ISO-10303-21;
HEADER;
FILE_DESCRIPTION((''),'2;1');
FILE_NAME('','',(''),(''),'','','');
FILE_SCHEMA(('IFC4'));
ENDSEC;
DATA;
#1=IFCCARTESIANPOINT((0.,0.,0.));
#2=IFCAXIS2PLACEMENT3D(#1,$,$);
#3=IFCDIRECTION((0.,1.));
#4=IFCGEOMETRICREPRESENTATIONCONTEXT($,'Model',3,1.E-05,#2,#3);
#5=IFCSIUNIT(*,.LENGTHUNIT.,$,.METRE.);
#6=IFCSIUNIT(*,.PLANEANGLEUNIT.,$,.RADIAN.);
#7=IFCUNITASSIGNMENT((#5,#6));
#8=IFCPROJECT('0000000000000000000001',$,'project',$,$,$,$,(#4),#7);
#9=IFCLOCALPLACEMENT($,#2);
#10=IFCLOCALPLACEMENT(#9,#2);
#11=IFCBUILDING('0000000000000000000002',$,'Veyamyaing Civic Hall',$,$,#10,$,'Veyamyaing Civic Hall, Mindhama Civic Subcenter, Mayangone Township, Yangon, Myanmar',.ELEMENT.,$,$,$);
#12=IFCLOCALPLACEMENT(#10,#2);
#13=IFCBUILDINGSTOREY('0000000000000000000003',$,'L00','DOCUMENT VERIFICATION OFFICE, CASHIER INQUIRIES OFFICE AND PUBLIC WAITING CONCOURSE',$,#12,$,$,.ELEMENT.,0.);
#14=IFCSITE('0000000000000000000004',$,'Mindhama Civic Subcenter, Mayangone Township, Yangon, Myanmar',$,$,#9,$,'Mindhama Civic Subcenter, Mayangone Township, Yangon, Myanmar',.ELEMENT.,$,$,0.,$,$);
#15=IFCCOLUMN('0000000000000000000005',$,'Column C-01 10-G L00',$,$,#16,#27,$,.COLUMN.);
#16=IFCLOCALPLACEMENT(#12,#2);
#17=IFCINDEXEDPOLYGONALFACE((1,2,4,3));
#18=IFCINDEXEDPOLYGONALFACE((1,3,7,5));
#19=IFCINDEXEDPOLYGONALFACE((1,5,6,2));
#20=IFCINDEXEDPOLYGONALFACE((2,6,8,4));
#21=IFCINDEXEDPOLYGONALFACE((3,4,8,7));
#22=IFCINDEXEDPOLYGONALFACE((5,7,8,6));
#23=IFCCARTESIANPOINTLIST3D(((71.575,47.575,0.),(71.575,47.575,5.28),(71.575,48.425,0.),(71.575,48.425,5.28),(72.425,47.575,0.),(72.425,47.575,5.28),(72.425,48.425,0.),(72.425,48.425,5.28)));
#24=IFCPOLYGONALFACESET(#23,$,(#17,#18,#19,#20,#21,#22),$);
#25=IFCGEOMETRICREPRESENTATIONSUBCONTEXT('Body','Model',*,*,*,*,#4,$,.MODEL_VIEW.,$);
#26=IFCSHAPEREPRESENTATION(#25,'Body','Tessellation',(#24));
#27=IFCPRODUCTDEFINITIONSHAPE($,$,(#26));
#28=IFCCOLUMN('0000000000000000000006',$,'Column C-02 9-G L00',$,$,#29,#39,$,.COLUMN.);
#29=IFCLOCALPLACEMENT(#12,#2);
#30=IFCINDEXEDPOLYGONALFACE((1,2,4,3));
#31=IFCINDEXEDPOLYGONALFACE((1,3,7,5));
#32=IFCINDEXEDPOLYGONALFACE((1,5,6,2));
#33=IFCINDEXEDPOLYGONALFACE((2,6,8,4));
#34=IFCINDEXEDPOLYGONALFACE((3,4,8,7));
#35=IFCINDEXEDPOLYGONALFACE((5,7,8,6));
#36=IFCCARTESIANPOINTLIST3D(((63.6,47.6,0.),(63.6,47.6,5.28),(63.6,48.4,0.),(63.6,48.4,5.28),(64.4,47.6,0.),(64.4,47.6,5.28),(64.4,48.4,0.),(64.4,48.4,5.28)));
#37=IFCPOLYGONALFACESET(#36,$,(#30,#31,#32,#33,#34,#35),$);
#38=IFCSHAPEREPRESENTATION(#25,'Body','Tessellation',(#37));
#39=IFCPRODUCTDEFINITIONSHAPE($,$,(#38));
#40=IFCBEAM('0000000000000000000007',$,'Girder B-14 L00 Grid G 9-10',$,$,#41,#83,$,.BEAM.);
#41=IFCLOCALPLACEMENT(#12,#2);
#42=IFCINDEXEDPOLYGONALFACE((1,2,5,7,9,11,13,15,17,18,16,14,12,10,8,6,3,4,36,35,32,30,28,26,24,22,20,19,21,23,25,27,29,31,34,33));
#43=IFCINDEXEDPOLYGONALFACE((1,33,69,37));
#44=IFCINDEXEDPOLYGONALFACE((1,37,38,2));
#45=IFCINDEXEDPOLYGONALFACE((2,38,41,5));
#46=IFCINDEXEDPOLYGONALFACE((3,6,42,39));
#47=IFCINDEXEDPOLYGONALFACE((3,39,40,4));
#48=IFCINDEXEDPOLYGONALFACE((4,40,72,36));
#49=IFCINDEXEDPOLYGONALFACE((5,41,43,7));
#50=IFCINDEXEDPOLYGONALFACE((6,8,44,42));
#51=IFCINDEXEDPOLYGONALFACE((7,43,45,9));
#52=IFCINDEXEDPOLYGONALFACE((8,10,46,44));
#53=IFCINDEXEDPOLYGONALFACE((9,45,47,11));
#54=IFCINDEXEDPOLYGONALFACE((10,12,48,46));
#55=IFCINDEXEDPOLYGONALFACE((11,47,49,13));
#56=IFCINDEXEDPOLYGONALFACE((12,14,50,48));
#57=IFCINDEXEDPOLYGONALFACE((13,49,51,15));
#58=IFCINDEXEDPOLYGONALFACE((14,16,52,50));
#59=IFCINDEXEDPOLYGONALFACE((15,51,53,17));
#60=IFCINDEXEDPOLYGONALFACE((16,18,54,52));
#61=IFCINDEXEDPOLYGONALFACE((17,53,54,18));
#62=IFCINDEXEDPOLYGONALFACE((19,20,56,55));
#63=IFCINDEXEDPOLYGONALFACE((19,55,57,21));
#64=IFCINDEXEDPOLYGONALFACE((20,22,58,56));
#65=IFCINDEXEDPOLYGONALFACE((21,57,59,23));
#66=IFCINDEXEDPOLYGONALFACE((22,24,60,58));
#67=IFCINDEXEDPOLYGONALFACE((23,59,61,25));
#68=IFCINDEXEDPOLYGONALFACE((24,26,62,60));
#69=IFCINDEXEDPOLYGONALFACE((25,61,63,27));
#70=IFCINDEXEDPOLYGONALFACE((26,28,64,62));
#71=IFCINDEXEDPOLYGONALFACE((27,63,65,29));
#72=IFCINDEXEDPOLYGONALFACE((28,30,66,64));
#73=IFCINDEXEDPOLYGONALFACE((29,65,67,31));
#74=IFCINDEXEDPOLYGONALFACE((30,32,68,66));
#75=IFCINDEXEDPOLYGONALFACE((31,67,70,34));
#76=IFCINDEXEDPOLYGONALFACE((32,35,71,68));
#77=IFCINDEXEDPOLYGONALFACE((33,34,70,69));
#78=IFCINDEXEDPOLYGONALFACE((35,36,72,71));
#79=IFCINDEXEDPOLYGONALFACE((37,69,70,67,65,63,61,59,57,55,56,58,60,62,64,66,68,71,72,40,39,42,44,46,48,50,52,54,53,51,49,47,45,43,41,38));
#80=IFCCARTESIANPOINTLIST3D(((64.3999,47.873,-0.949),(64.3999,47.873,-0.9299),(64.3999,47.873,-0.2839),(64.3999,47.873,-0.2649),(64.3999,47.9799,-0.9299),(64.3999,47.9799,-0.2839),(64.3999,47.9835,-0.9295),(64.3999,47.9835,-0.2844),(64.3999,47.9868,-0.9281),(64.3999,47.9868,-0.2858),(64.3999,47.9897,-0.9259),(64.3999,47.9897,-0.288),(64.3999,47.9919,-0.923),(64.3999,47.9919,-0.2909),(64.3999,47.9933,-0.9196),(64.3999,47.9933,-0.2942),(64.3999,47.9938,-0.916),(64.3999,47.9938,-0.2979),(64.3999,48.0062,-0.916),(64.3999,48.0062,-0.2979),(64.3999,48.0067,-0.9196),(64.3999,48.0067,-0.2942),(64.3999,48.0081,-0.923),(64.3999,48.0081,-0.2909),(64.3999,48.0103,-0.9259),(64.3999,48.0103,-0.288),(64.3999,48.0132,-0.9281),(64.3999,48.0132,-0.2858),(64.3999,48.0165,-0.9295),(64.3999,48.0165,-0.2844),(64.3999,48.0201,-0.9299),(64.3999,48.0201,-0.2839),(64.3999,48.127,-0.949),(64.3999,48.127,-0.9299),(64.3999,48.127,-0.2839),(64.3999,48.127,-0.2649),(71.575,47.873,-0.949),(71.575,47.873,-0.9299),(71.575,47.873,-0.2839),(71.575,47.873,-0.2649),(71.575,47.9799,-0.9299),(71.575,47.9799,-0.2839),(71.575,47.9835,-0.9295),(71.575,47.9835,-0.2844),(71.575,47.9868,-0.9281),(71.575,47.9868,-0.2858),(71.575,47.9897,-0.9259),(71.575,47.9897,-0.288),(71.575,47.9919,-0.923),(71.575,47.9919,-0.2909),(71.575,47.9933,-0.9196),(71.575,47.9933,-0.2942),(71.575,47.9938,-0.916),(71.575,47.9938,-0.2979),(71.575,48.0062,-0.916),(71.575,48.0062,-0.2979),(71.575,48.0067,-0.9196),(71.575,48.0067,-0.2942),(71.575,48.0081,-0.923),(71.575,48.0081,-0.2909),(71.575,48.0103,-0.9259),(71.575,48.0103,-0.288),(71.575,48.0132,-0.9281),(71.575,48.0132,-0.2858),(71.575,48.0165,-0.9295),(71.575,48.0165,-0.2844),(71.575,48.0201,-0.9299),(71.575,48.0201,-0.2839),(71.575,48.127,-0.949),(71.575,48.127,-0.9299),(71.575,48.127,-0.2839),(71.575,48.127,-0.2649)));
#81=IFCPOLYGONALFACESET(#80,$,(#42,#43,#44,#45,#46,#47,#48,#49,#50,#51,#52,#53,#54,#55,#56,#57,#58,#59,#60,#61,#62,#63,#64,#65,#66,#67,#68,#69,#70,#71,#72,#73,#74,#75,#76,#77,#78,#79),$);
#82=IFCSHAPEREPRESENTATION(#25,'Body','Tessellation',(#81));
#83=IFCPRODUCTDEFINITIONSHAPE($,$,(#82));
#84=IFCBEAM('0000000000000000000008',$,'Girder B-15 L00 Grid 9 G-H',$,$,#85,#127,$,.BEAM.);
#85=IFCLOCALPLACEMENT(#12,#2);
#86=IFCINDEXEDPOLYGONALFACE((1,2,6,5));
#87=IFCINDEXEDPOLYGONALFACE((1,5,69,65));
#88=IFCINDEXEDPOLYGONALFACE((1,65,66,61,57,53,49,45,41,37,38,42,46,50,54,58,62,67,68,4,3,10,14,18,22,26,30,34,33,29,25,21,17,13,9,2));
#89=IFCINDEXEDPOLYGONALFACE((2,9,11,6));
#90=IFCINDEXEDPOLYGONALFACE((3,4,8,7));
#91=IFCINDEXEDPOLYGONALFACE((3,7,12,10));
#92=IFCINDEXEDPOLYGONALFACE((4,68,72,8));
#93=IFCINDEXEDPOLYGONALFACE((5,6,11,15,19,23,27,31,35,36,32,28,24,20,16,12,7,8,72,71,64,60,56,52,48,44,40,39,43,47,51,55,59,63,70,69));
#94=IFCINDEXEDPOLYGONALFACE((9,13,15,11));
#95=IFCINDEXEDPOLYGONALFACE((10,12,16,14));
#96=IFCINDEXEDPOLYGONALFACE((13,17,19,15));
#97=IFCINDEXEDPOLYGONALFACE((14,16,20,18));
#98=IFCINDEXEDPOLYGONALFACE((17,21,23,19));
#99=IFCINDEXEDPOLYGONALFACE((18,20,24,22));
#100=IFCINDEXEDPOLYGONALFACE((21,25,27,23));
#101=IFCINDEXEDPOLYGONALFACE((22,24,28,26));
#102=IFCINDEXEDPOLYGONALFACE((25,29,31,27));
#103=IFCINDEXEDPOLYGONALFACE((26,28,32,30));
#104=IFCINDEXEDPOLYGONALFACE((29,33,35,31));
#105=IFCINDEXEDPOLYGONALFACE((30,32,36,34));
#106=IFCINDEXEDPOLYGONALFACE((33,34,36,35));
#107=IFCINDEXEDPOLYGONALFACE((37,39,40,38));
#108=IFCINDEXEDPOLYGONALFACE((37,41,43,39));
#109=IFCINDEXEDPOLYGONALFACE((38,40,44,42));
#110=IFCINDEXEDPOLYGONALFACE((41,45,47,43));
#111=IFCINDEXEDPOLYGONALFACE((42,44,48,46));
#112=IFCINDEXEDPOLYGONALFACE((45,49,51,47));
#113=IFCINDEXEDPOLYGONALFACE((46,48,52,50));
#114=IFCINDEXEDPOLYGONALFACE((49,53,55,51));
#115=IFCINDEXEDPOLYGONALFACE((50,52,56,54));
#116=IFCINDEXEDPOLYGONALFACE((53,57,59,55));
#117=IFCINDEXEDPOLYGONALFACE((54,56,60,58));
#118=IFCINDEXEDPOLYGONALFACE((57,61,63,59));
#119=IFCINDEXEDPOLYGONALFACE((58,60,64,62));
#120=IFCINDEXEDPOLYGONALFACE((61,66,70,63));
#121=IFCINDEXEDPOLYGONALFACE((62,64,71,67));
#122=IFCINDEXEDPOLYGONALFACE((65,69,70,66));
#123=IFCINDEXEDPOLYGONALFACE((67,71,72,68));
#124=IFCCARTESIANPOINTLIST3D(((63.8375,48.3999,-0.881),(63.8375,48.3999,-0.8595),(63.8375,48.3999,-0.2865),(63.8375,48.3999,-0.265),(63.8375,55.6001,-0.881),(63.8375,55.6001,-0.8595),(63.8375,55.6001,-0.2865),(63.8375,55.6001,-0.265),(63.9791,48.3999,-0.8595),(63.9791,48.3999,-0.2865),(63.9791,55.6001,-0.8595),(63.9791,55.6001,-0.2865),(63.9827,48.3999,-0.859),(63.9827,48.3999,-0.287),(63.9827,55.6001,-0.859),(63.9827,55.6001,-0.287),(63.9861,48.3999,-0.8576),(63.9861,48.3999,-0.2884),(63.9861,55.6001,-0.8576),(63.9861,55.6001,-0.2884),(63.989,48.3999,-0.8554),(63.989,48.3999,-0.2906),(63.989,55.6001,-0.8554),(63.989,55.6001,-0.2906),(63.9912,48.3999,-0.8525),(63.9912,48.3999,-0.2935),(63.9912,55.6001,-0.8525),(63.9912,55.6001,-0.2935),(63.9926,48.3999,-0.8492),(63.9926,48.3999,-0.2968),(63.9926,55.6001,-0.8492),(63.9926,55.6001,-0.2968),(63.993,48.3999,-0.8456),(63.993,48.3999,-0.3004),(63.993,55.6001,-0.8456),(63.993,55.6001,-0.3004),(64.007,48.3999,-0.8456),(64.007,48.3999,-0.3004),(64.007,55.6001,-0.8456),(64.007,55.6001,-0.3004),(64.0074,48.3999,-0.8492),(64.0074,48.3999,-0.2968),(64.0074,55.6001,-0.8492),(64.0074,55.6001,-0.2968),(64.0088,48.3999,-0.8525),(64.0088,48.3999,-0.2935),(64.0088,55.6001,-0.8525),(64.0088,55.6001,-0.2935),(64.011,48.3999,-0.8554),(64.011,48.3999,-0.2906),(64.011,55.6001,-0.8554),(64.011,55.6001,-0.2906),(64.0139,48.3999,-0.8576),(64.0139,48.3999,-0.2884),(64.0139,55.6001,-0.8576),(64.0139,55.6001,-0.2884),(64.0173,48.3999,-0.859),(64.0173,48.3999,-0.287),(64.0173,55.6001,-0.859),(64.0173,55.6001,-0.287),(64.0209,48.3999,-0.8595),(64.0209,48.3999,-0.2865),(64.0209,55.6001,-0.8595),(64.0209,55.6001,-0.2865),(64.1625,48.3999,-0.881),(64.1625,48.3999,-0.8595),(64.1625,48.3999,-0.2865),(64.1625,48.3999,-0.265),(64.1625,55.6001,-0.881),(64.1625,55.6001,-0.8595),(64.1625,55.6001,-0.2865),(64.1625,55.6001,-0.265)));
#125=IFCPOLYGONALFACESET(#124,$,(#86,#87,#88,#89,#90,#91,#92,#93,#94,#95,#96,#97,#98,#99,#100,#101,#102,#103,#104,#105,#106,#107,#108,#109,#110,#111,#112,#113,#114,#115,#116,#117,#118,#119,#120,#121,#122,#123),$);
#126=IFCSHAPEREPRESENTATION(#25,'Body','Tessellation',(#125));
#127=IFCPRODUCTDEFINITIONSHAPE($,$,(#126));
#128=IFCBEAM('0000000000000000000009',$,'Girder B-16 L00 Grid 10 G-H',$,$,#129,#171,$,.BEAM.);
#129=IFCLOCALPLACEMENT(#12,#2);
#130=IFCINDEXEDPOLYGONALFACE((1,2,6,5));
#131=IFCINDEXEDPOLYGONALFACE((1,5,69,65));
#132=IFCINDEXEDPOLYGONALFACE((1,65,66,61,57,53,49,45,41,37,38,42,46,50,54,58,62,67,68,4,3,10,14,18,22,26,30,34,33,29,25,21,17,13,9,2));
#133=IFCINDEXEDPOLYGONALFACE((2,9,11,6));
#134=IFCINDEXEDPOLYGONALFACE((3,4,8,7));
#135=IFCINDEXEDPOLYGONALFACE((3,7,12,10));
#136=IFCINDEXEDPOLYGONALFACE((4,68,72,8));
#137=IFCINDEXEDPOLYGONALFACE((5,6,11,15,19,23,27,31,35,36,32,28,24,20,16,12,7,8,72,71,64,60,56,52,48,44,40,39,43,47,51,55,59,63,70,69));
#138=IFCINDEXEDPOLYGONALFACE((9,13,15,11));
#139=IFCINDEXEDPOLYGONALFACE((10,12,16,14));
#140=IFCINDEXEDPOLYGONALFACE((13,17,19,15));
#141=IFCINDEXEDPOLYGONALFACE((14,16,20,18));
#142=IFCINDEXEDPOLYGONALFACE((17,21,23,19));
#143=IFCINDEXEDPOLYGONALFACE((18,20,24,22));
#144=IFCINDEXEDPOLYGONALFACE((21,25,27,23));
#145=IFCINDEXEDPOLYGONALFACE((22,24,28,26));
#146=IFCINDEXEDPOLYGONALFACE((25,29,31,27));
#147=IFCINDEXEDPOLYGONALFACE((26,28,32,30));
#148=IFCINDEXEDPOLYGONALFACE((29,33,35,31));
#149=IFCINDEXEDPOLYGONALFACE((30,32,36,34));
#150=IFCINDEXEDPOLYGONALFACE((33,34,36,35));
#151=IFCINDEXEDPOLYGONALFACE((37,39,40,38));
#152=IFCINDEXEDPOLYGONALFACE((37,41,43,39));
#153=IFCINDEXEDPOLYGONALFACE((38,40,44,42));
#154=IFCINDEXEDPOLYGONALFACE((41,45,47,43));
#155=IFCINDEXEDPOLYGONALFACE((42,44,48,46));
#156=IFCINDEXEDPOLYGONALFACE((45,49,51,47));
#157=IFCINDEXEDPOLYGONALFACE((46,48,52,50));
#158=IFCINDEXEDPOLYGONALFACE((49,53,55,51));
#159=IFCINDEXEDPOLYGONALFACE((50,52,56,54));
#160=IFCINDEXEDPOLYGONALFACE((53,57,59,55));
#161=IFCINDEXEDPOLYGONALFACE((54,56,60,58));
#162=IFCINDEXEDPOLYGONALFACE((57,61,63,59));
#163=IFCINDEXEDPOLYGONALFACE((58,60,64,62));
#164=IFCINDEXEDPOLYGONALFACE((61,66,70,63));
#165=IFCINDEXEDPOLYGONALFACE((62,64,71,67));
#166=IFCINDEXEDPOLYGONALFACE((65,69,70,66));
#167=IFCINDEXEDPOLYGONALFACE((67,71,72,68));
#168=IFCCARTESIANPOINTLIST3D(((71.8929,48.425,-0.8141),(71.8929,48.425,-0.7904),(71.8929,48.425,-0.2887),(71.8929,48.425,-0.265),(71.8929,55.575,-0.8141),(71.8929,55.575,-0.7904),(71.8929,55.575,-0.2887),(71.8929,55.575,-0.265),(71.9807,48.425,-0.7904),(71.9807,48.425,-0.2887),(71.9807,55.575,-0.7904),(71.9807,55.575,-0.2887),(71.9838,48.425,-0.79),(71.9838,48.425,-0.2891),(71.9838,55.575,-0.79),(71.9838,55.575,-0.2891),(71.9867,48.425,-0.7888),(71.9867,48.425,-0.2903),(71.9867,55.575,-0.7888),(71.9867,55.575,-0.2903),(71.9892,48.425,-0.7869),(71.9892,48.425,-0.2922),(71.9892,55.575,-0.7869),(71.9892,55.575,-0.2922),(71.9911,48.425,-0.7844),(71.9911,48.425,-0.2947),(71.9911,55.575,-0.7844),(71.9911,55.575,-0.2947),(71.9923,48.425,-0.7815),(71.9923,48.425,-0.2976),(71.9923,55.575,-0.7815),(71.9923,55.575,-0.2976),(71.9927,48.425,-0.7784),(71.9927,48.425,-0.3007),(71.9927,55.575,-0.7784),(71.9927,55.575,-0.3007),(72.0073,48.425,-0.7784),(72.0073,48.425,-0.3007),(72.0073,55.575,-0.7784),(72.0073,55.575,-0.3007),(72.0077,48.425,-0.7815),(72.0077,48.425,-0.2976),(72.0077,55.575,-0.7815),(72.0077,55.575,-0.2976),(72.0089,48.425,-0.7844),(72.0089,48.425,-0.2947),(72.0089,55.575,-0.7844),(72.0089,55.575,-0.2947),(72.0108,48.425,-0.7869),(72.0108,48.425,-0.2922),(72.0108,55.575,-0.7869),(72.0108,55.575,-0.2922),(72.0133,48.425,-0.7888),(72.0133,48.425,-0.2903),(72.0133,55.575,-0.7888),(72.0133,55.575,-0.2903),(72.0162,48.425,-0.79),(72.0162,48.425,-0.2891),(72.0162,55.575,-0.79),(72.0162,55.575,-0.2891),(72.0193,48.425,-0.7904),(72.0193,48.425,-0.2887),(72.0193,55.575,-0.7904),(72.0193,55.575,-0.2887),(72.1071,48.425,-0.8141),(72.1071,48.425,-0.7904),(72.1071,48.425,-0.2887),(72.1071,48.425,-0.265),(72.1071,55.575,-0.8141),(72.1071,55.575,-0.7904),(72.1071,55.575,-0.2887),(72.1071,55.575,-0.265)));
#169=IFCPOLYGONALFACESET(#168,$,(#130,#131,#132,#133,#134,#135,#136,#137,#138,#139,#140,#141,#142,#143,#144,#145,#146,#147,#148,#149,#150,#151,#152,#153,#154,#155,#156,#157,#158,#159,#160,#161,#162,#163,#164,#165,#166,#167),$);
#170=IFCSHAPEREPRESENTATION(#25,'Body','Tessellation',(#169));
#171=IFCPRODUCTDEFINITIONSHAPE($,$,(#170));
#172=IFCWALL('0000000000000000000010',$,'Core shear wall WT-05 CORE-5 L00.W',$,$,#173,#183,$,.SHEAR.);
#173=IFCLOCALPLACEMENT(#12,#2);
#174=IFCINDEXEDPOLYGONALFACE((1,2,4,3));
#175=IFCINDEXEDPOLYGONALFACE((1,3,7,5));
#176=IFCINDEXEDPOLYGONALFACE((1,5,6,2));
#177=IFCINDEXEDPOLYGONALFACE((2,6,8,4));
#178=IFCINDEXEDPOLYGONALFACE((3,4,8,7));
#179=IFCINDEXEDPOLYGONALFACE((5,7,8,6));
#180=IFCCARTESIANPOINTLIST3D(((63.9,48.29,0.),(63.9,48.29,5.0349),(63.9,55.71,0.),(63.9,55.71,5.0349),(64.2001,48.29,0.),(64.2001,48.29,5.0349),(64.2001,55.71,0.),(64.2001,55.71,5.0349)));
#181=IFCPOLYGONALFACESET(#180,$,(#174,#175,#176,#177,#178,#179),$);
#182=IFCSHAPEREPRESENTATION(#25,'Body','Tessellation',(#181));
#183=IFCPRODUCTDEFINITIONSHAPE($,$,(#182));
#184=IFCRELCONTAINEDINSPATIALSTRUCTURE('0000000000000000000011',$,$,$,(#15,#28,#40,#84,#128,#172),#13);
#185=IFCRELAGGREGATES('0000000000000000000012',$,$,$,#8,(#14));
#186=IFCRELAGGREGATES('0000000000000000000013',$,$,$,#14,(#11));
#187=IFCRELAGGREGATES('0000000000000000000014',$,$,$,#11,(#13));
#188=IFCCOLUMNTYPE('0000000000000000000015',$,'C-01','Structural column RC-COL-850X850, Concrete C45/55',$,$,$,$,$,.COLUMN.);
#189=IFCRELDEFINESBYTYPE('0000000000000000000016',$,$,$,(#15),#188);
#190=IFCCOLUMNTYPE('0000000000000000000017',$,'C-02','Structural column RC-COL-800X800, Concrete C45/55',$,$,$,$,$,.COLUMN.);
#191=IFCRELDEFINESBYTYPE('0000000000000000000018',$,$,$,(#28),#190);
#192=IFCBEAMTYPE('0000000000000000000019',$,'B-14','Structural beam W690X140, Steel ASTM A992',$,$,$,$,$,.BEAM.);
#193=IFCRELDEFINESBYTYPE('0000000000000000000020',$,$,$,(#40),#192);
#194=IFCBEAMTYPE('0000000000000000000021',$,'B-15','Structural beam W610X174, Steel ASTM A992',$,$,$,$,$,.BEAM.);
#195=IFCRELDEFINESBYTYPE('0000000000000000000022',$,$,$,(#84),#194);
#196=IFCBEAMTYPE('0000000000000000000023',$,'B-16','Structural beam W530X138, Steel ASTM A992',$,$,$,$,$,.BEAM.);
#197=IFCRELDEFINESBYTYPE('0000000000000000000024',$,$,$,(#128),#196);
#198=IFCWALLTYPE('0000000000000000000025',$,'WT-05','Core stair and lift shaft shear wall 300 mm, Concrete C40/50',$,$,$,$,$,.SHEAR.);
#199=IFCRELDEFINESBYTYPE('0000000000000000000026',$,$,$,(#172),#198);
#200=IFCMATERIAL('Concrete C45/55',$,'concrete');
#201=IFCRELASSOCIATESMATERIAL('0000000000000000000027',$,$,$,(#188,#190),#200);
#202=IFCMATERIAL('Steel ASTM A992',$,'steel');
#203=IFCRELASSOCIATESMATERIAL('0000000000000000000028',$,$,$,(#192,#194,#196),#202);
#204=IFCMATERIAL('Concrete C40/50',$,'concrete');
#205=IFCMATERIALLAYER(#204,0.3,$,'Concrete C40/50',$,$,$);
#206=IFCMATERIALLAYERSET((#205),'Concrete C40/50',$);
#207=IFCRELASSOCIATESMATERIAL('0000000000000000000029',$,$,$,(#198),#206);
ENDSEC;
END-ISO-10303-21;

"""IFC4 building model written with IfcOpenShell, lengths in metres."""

from ifc_helpers import new_model, si_unit, direction, frame, frame_2d, origin, origin_2d, place, context, subcontext, project, spatial, rectangle, i_section, extrude, material, layer, layer_set, material_profile, profile_set, type_object, element, save


model = new_model("IFC4")

# Units and contexts
model_context = context("Model", 3, precision=1e-05, world=origin(), true_north=direction((0.0, 1.0)))
body_context = subcontext(model_context, "Body", "Model", "MODEL_VIEW")
ifc_project = project(units=[si_unit("LENGTHUNIT", "METRE"), si_unit("PLANEANGLEUNIT", "RADIAN")], contexts=[model_context])

# Site, building, storey
site_placement = place(None, origin())
site = spatial("IfcSite", under=ifc_project, at=site_placement, Name="Mindhama Civic Subcenter, Mayangone Township, Yangon, Myanmar", LongName="Mindhama Civic Subcenter, Mayangone Township, Yangon, Myanmar", CompositionType="ELEMENT", RefElevation=0.0)
building_placement = place(site_placement, origin())
building = spatial("IfcBuilding", under=site, at=building_placement, Name="Veyamyaing Civic Hall", LongName="Veyamyaing Civic Hall, Mindhama Civic Subcenter, Mayangone Township, Yangon, Myanmar", CompositionType="ELEMENT")
storey_placement = place(building_placement, origin())
storey = spatial("IfcBuildingStorey", under=building, at=storey_placement, Name="L00", Description="DOCUMENT VERIFICATION OFFICE, CASHIER INQUIRIES OFFICE AND PUBLIC WAITING CONCOURSE", CompositionType="ELEMENT", Elevation=0.0)

# Columns
ifc_material_1 = material(Name="Concrete C45/55", Category="concrete")
ifc_material_profile_1 = material_profile(ifc_material_1, rectangle(XDim=0.8501, YDim=0.8501, at=origin_2d()), Name="RC-COL-850X850")
ifc_profile_set_1 = profile_set([ifc_material_profile_1], Name="Concrete C45/55")
column_type_1 = type_object("IfcColumnType", Name="C-01", Description="Structural column RC-COL-850X850, Concrete C45/55", PredefinedType="COLUMN", material=ifc_profile_set_1)
column_1_placement = place(storey_placement, frame((72.0, 48.0, 0.0), z_axis=(0.0, 0.0, 1.0), x_axis=(1.0, 0.0, 0.0)))
element("IfcColumn", 1, at=column_1_placement, inside=storey, type_object=column_type_1, Name="Column C-01 10-G L00", PredefinedType="COLUMN", context=body_context, shape_type="SweptSolid", body=[
    extrude(rectangle(XDim=0.8501, YDim=0.8501, at=origin_2d()), origin(), (0.0, 0.0, 1.0), 5.28),
])
ifc_material_profile_2 = material_profile(ifc_material_1, rectangle(XDim=0.8, YDim=0.8, at=origin_2d()), Name="RC-COL-800X800")
ifc_profile_set_2 = profile_set([ifc_material_profile_2], Name="Concrete C45/55")
column_type_2 = type_object("IfcColumnType", Name="C-02", Description="Structural column RC-COL-800X800, Concrete C45/55", PredefinedType="COLUMN", material=ifc_profile_set_2)
column_2_placement = place(storey_placement, frame((64.0, 48.0, 0.0), z_axis=(0.0, 0.0, 1.0), x_axis=(1.0, 0.0, 0.0)))
element("IfcColumn", 2, at=column_2_placement, inside=storey, type_object=column_type_2, Name="Column C-02 9-G L00", PredefinedType="COLUMN", context=body_context, shape_type="SweptSolid", body=[
    extrude(rectangle(XDim=0.8, YDim=0.8, at=origin_2d()), origin(), (0.0, 0.0, 1.0), 5.28),
])

# Beams
ifc_material_2 = material(Name="Steel ASTM A992", Category="steel")
ifc_material_profile_3 = material_profile(ifc_material_2, i_section(OverallWidth=0.2539, OverallDepth=0.6841, WebThickness=0.0125, FlangeThickness=0.019, FilletRadius=0.0139, at=origin_2d()), Name="W690X140")
ifc_profile_set_3 = profile_set([ifc_material_profile_3], Name="Steel ASTM A992")
beam_type_1 = type_object("IfcBeamType", Name="B-14", Description="Structural beam W690X140, Steel ASTM A992", PredefinedType="BEAM", material=ifc_profile_set_3)
beam_1_placement = place(storey_placement, frame((64.3999, 48.0, -0.6069), z_axis=(1.0, 0.0, 0.0), x_axis=(0.0, 1.0, 0.0)))
element("IfcBeam", 3, at=beam_1_placement, inside=storey, type_object=beam_type_1, Name="Girder B-14 L00 Grid G 9-10", PredefinedType="BEAM", context=body_context, shape_type="SweptSolid", body=[
    extrude(i_section(OverallWidth=0.2539, OverallDepth=0.6841, WebThickness=0.0125, FlangeThickness=0.019, FilletRadius=0.0139, at=origin_2d()), origin(), (0.0, 0.0, 1.0), 7.175),
])
ifc_material_profile_4 = material_profile(ifc_material_2, i_section(OverallWidth=0.325, OverallDepth=0.616, WebThickness=0.0139, FlangeThickness=0.0215, FilletRadius=0.0139, at=origin_2d()), Name="W610X174")
ifc_profile_set_4 = profile_set([ifc_material_profile_4], Name="Steel ASTM A992")
beam_type_2 = type_object("IfcBeamType", Name="B-15", Description="Structural beam W610X174, Steel ASTM A992", PredefinedType="BEAM", material=ifc_profile_set_4)
beam_2_placement = place(storey_placement, frame((64.0, 48.3999, -0.573), z_axis=(0.0, 1.0, 0.0), x_axis=(-1.0, 0.0, 0.0)))
element("IfcBeam", 4, at=beam_2_placement, inside=storey, type_object=beam_type_2, Name="Girder B-15 L00 Grid 9 G-H", PredefinedType="BEAM", context=body_context, shape_type="SweptSolid", body=[
    extrude(i_section(OverallWidth=0.325, OverallDepth=0.616, WebThickness=0.0139, FlangeThickness=0.0215, FilletRadius=0.0139, at=origin_2d()), origin(), (0.0, 0.0, 1.0), 7.2002),
])
ifc_material_profile_5 = material_profile(ifc_material_2, i_section(OverallWidth=0.2141, OverallDepth=0.5491, WebThickness=0.0146, FlangeThickness=0.0237, FilletRadius=0.012, at=origin_2d()), Name="W530X138")
ifc_profile_set_5 = profile_set([ifc_material_profile_5], Name="Steel ASTM A992")
beam_type_3 = type_object("IfcBeamType", Name="B-16", Description="Structural beam W530X138, Steel ASTM A992", PredefinedType="BEAM", material=ifc_profile_set_5)
beam_3_placement = place(storey_placement, frame((72.0, 48.425, -0.5396), z_axis=(0.0, 1.0, 0.0), x_axis=(-1.0, 0.0, 0.0)))
element("IfcBeam", 5, at=beam_3_placement, inside=storey, type_object=beam_type_3, Name="Girder B-16 L00 Grid 10 G-H", PredefinedType="BEAM", context=body_context, shape_type="SweptSolid", body=[
    extrude(i_section(OverallWidth=0.2141, OverallDepth=0.5491, WebThickness=0.0146, FlangeThickness=0.0237, FilletRadius=0.012, at=origin_2d()), origin(), (0.0, 0.0, 1.0), 7.1499),
])

# Wall
ifc_material_3 = material(Name="Concrete C40/50", Category="concrete")
ifc_layer_1 = layer(ifc_material_3, 0.3, Name="Concrete C40/50")
ifc_layer_set_1 = layer_set([ifc_layer_1], Name="Concrete C40/50")
wall_type_1 = type_object("IfcWallType", Name="WT-05", Description="Core stair and lift shaft shear wall 300 mm, Concrete C40/50", PredefinedType="SHEAR", material=ifc_layer_set_1)
wall_1_placement = place(storey_placement, frame((64.05, 48.29, 0.0), z_axis=(0.0, 0.0, 1.0), x_axis=(0.0, 1.0, 0.0)))
element("IfcWall", 6, at=wall_1_placement, inside=storey, type_object=wall_type_1, Name="Core shear wall WT-05 CORE-5 L00.W", PredefinedType="SHEAR", context=body_context, shape_type="SweptSolid", body=[
    extrude(rectangle(XDim=7.4199, YDim=0.3, at=frame_2d((3.71, 0.0))), origin(), (0.0, 0.0, 1.0), 5.0349),
])

save(model, "model.ifc")
